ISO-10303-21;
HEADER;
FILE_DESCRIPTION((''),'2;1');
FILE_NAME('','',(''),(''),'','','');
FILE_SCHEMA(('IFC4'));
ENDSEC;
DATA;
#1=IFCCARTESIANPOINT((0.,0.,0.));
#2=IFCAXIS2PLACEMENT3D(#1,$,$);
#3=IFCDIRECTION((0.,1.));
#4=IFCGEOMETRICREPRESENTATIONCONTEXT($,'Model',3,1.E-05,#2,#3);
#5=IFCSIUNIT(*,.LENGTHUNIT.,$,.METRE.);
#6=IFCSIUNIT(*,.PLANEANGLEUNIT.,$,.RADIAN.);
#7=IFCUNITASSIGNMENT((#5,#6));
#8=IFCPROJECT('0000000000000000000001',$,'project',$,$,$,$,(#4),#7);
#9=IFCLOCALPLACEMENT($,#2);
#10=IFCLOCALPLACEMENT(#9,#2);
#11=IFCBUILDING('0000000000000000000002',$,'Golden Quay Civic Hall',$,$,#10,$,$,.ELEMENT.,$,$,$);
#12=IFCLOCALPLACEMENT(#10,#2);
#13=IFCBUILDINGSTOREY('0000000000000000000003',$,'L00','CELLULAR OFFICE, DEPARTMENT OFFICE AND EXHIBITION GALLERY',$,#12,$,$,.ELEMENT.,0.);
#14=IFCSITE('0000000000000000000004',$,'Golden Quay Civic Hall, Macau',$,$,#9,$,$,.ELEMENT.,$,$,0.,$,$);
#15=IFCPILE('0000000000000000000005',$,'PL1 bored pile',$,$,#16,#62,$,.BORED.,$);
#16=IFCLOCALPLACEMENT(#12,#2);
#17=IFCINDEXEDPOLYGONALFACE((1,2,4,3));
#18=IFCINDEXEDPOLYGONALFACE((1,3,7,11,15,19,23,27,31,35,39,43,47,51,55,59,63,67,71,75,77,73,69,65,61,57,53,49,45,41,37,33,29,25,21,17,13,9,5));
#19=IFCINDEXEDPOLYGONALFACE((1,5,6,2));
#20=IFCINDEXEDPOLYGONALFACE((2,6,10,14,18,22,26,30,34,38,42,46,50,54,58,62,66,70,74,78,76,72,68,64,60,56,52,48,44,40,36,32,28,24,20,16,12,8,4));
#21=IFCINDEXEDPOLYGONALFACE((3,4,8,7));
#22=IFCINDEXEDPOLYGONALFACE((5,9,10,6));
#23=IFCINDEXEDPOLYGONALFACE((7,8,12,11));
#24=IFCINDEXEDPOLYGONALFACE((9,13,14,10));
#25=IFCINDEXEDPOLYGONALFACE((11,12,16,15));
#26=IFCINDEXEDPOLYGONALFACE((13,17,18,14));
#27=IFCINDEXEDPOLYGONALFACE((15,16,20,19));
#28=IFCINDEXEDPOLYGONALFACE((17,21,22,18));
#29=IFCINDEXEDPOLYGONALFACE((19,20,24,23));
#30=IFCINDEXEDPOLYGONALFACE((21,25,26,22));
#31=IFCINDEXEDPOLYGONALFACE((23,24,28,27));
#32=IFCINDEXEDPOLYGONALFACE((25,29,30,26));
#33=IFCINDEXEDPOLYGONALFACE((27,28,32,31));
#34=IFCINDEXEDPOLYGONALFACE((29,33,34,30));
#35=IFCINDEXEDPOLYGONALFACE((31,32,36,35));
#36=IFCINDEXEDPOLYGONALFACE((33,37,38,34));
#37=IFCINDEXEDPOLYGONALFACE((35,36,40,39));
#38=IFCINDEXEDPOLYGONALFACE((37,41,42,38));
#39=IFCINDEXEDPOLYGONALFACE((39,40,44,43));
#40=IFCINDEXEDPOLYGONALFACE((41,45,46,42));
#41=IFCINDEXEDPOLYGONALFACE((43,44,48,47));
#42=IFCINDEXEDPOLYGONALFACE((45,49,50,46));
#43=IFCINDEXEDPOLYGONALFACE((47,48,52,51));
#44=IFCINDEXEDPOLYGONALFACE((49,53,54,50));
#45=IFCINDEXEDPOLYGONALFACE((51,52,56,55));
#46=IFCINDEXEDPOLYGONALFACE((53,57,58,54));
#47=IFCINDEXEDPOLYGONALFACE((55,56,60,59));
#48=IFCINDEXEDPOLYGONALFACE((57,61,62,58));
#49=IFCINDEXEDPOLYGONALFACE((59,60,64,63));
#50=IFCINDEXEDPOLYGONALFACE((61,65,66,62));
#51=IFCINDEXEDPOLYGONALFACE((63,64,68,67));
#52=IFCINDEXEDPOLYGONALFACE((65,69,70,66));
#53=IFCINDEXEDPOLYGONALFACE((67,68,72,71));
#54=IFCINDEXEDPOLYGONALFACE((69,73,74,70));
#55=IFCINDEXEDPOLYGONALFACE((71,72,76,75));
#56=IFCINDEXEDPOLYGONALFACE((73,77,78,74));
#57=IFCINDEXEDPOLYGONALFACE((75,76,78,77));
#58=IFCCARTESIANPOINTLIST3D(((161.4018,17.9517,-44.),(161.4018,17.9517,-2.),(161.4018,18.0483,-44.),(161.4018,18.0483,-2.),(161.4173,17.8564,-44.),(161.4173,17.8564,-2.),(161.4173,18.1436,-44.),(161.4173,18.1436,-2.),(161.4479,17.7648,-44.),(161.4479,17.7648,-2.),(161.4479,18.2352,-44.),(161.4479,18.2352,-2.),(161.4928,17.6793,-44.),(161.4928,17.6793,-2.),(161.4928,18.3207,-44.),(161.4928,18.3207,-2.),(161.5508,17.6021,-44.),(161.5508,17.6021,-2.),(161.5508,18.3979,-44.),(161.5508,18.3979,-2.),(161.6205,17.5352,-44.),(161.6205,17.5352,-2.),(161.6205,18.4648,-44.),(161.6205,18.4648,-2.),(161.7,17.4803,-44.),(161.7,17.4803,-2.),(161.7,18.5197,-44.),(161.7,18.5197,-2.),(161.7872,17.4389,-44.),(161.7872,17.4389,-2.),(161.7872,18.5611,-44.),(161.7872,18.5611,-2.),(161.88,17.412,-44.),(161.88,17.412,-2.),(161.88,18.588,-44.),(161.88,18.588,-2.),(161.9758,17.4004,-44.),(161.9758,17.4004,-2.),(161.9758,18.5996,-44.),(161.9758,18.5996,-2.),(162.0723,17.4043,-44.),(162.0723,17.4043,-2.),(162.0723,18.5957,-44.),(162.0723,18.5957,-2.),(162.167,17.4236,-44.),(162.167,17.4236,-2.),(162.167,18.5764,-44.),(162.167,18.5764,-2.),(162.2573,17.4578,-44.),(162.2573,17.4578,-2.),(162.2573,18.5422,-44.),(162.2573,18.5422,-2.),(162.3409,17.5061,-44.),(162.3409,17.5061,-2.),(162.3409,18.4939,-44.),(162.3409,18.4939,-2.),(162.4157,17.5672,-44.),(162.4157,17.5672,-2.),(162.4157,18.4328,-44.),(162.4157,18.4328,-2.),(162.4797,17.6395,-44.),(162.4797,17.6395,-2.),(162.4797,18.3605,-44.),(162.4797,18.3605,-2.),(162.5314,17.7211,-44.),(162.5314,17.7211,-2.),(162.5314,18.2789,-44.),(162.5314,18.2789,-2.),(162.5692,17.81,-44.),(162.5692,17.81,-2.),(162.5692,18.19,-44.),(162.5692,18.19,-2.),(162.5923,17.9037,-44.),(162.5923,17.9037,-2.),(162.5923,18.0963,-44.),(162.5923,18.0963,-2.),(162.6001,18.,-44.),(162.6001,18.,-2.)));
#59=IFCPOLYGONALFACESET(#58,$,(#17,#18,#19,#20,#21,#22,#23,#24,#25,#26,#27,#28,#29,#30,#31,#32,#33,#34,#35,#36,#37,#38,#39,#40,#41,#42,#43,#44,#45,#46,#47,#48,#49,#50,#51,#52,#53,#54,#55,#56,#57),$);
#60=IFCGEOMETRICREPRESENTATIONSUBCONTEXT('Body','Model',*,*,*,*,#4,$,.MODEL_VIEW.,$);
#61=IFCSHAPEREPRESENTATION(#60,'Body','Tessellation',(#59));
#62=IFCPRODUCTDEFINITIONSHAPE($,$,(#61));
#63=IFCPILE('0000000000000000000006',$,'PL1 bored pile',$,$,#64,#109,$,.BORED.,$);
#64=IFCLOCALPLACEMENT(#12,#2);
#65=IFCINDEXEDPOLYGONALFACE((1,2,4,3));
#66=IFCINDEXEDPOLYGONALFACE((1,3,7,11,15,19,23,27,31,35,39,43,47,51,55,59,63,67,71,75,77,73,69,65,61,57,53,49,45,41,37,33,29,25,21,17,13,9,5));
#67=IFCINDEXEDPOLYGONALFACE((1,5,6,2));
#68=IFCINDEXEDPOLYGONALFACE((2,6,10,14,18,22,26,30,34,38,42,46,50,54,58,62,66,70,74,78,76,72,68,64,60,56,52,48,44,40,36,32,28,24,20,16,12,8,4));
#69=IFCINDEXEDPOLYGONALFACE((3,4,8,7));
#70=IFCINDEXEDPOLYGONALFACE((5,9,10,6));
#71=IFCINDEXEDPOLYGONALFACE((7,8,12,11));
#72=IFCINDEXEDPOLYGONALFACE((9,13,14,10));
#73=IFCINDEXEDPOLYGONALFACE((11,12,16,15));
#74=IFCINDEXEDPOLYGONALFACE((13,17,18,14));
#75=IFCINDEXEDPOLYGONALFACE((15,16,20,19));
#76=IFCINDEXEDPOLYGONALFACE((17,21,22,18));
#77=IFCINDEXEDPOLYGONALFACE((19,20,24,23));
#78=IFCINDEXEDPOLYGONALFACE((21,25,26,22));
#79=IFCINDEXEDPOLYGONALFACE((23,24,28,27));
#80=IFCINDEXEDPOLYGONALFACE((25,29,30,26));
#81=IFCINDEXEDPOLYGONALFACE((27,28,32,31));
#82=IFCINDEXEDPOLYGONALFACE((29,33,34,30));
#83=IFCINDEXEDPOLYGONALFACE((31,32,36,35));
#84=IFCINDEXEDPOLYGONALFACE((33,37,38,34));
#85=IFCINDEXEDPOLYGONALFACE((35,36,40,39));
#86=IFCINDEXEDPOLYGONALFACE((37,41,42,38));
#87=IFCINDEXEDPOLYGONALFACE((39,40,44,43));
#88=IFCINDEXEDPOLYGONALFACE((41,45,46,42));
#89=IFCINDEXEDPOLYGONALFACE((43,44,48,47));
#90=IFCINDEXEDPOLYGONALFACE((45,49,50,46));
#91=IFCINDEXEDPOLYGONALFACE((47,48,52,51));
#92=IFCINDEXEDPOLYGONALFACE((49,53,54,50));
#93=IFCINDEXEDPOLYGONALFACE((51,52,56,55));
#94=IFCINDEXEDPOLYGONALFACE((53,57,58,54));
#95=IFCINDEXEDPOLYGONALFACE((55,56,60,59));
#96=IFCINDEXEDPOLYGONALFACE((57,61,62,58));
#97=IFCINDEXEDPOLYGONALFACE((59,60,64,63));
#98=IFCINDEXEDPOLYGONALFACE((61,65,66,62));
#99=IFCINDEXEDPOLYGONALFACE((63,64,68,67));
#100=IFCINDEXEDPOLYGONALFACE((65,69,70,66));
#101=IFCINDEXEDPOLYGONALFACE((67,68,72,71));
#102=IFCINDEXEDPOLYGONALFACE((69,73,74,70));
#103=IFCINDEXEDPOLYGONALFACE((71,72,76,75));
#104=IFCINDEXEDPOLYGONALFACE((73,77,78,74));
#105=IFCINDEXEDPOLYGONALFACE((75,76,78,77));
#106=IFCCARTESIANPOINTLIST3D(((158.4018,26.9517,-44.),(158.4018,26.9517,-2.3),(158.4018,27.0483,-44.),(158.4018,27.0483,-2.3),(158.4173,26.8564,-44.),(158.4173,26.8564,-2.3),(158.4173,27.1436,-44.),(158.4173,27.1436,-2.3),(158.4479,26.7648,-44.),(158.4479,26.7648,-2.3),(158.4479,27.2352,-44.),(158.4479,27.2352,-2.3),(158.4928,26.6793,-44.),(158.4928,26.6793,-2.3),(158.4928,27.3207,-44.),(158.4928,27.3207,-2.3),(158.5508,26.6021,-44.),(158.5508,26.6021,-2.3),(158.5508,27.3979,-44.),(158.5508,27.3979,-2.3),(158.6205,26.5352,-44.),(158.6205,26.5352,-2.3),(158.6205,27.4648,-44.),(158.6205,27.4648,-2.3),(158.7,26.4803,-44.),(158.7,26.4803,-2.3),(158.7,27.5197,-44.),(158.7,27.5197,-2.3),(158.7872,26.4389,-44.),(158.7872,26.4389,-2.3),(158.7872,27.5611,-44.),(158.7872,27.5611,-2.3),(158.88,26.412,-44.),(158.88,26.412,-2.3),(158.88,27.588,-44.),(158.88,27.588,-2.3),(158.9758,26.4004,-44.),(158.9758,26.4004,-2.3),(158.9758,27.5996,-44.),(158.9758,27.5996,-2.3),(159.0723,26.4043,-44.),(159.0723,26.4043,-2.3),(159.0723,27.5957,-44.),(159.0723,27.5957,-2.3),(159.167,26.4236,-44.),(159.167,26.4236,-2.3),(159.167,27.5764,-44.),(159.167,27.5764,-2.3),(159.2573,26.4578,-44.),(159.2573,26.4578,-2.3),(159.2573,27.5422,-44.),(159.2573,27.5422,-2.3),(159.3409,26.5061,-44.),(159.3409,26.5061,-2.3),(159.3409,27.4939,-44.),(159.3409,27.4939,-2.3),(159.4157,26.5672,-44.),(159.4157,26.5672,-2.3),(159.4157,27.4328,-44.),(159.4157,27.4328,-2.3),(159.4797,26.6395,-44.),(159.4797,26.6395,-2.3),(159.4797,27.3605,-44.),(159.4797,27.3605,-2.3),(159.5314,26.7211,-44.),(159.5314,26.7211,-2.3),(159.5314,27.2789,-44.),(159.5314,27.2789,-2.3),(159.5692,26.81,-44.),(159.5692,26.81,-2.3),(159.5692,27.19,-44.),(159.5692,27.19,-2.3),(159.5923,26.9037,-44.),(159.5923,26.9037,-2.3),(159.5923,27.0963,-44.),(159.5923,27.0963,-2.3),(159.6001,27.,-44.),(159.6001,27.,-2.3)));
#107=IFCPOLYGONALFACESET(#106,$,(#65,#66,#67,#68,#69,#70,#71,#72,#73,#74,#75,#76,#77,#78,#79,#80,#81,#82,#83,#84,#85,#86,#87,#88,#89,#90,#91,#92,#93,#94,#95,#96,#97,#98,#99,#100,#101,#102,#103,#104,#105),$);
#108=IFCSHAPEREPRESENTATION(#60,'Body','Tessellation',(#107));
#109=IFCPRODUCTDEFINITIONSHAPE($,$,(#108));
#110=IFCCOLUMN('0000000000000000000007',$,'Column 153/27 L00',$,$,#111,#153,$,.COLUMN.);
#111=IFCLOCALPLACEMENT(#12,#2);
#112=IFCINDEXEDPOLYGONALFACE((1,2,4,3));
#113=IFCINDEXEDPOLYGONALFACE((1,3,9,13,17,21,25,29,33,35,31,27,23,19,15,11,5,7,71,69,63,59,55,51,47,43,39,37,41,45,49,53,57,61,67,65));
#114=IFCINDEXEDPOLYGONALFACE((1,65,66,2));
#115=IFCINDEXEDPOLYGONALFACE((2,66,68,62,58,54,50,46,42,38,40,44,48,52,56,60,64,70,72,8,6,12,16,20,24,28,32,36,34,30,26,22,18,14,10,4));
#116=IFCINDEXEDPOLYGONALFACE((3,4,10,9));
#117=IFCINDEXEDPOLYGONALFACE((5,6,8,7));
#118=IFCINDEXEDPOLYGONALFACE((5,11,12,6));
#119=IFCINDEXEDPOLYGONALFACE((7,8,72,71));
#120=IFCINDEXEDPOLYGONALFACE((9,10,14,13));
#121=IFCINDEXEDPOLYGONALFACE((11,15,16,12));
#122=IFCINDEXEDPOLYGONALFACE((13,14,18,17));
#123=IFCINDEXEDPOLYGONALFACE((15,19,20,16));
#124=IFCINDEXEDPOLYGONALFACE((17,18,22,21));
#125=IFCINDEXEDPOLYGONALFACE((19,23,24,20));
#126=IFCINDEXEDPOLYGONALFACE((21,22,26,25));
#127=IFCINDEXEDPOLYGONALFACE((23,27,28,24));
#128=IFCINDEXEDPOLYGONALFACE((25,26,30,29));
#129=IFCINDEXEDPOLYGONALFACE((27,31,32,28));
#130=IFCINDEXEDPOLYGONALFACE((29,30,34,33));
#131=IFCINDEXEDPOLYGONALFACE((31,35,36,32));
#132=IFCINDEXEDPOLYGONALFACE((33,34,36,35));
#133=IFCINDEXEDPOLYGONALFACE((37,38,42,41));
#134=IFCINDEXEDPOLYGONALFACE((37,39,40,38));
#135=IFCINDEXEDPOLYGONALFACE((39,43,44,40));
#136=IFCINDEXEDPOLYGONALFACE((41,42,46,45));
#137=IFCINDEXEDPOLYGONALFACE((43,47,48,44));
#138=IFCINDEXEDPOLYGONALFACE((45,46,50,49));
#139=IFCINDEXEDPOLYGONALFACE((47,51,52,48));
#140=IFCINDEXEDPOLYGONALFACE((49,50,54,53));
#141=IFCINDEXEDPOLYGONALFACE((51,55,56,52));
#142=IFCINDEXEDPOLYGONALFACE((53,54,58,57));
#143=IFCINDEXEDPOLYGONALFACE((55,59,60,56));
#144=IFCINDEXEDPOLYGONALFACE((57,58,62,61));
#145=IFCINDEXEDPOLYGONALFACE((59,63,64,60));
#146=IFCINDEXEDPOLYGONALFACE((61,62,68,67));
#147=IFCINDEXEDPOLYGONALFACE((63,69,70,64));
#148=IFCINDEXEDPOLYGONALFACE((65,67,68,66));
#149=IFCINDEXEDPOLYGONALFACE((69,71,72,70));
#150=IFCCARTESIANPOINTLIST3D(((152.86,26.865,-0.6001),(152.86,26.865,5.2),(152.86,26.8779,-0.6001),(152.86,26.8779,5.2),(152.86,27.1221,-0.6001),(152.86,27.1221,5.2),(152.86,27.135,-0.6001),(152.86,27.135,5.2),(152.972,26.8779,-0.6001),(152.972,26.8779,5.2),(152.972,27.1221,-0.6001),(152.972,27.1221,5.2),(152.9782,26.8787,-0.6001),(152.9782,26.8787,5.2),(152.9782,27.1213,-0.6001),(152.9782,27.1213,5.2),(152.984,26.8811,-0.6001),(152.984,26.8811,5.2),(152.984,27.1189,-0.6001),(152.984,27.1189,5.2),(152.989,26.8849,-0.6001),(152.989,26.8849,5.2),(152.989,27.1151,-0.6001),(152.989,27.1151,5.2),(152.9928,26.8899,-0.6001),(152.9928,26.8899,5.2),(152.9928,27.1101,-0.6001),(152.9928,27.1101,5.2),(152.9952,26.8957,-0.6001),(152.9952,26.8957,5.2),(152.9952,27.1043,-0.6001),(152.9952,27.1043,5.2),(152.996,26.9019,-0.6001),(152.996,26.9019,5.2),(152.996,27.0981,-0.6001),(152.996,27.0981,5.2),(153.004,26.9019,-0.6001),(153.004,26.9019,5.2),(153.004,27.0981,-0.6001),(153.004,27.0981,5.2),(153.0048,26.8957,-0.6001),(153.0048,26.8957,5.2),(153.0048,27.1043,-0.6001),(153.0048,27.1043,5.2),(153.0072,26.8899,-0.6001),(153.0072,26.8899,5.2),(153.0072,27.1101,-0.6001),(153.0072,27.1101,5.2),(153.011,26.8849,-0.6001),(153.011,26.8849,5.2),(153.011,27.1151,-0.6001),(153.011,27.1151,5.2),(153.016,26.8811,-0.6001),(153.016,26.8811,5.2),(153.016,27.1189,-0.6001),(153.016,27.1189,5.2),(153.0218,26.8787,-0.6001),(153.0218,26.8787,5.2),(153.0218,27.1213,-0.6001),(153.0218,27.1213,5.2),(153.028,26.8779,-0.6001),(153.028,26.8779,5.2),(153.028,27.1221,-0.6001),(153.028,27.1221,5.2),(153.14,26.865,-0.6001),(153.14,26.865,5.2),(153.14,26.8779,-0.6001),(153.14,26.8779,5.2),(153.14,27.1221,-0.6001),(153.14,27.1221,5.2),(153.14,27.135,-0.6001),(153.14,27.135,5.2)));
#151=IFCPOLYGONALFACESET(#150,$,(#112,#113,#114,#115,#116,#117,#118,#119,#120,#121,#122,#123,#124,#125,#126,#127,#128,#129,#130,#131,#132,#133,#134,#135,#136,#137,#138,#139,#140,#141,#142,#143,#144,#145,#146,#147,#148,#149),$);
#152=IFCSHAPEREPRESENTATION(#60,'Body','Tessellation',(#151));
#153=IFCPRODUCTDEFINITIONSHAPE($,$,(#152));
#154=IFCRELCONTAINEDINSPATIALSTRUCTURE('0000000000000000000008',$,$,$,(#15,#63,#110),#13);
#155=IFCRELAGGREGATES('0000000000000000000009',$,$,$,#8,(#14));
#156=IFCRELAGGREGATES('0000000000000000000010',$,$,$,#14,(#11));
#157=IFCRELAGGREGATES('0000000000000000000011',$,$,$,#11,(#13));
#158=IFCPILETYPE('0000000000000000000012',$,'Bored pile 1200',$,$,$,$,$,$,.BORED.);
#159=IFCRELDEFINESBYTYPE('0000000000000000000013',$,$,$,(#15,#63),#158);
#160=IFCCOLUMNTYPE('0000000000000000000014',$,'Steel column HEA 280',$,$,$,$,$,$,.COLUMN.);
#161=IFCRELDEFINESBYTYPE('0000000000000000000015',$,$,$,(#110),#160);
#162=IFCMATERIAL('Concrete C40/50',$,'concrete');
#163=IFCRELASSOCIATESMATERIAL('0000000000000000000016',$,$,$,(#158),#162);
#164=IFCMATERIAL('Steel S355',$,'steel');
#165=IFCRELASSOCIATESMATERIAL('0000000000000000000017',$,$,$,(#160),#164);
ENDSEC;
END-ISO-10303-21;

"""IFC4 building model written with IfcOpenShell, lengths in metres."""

from ifc_helpers import new_model, si_unit, direction, frame, origin, origin_2d, place, context, subcontext, project, spatial, circle, i_section, extrude, material, material_profile, profile_set, type_object, element, save


model = new_model("IFC4")

# Units and contexts
model_context = context("Model", 3, precision=1e-05, world=origin(), true_north=direction((0.0, 1.0)))
body_context = subcontext(model_context, "Body", "Model", "MODEL_VIEW")
ifc_project = project(units=[si_unit("LENGTHUNIT", "METRE"), si_unit("PLANEANGLEUNIT", "RADIAN")], contexts=[model_context])

# Site, building, storey
site_placement = place(None, origin())
site = spatial("IfcSite", under=ifc_project, at=site_placement, Name="Golden Quay Civic Hall, Macau", CompositionType="ELEMENT", RefElevation=0.0)
building_placement = place(site_placement, origin())
building = spatial("IfcBuilding", under=site, at=building_placement, Name="Golden Quay Civic Hall", CompositionType="ELEMENT")
storey_placement = place(building_placement, origin())
storey = spatial("IfcBuildingStorey", under=building, at=storey_placement, Name="L00", Description="CELLULAR OFFICE, DEPARTMENT OFFICE AND EXHIBITION GALLERY", CompositionType="ELEMENT", Elevation=0.0)

# Piles
ifc_material_1 = material(Name="Concrete C40/50", Category="concrete")
ifc_material_profile_1 = material_profile(ifc_material_1, circle(Radius=0.6001, at=origin_2d()), Name="RC D1200")
ifc_profile_set_1 = profile_set([ifc_material_profile_1], Name="Concrete C40/50")
pile_type = type_object("IfcPileType", Name="Bored pile 1200", PredefinedType="BORED", material=ifc_profile_set_1)
for number, where, z_axis, x_axis, name in (
    (1, (162.0, 18.0, -2.0), (0.0, 0.0, -1.0), (1.0, 0.0, 0.0), "PL1 bored pile"),
):
    element("IfcPile", number, at=place(storey_placement, frame(where, z_axis=z_axis, x_axis=x_axis)), inside=storey, type_object=pile_type, Name=name, PredefinedType="BORED", context=body_context, shape_type="SweptSolid", body=[
        extrude(circle(Radius=0.6001, at=origin_2d()), origin(), (0.0, 0.0, 1.0), 42.0),
    ])
pile_placement = place(storey_placement, frame((159.0, 27.0, -2.3), z_axis=(0.0, 0.0, -1.0), x_axis=(1.0, 0.0, 0.0)))
element("IfcPile", 2, at=pile_placement, inside=storey, type_object=pile_type, Name="PL1 bored pile", PredefinedType="BORED", context=body_context, shape_type="SweptSolid", body=[
    extrude(circle(Radius=0.6001, at=origin_2d()), origin(), (0.0, 0.0, 1.0), 41.7),
])

# Column
ifc_material_2 = material(Name="Steel S355", Category="steel")
ifc_material_profile_2 = material_profile(ifc_material_2, i_section(OverallWidth=0.28, OverallDepth=0.27, WebThickness=0.0081, FlangeThickness=0.0129, FilletRadius=0.0239, at=origin_2d()), Name="HEA 280")
ifc_profile_set_2 = profile_set([ifc_material_profile_2], Name="Steel S355")
column_type_1 = type_object("IfcColumnType", Name="Steel column HEA 280", PredefinedType="COLUMN", material=ifc_profile_set_2)
column_placement = place(storey_placement, frame((153.0, 27.0, -0.6001), z_axis=(0.0, 0.0, 1.0), x_axis=(1.0, 0.0, 0.0)))
element("IfcColumn", 3, at=column_placement, inside=storey, type_object=column_type_1, Name="Column 153/27 L00", PredefinedType="COLUMN", context=body_context, shape_type="SweptSolid", body=[
    extrude(i_section(OverallWidth=0.28, OverallDepth=0.27, WebThickness=0.0081, FlangeThickness=0.0129, FilletRadius=0.0239, at=origin_2d()), origin(), (0.0, 0.0, 1.0), 5.8),
])

save(model, "model.ifc")
